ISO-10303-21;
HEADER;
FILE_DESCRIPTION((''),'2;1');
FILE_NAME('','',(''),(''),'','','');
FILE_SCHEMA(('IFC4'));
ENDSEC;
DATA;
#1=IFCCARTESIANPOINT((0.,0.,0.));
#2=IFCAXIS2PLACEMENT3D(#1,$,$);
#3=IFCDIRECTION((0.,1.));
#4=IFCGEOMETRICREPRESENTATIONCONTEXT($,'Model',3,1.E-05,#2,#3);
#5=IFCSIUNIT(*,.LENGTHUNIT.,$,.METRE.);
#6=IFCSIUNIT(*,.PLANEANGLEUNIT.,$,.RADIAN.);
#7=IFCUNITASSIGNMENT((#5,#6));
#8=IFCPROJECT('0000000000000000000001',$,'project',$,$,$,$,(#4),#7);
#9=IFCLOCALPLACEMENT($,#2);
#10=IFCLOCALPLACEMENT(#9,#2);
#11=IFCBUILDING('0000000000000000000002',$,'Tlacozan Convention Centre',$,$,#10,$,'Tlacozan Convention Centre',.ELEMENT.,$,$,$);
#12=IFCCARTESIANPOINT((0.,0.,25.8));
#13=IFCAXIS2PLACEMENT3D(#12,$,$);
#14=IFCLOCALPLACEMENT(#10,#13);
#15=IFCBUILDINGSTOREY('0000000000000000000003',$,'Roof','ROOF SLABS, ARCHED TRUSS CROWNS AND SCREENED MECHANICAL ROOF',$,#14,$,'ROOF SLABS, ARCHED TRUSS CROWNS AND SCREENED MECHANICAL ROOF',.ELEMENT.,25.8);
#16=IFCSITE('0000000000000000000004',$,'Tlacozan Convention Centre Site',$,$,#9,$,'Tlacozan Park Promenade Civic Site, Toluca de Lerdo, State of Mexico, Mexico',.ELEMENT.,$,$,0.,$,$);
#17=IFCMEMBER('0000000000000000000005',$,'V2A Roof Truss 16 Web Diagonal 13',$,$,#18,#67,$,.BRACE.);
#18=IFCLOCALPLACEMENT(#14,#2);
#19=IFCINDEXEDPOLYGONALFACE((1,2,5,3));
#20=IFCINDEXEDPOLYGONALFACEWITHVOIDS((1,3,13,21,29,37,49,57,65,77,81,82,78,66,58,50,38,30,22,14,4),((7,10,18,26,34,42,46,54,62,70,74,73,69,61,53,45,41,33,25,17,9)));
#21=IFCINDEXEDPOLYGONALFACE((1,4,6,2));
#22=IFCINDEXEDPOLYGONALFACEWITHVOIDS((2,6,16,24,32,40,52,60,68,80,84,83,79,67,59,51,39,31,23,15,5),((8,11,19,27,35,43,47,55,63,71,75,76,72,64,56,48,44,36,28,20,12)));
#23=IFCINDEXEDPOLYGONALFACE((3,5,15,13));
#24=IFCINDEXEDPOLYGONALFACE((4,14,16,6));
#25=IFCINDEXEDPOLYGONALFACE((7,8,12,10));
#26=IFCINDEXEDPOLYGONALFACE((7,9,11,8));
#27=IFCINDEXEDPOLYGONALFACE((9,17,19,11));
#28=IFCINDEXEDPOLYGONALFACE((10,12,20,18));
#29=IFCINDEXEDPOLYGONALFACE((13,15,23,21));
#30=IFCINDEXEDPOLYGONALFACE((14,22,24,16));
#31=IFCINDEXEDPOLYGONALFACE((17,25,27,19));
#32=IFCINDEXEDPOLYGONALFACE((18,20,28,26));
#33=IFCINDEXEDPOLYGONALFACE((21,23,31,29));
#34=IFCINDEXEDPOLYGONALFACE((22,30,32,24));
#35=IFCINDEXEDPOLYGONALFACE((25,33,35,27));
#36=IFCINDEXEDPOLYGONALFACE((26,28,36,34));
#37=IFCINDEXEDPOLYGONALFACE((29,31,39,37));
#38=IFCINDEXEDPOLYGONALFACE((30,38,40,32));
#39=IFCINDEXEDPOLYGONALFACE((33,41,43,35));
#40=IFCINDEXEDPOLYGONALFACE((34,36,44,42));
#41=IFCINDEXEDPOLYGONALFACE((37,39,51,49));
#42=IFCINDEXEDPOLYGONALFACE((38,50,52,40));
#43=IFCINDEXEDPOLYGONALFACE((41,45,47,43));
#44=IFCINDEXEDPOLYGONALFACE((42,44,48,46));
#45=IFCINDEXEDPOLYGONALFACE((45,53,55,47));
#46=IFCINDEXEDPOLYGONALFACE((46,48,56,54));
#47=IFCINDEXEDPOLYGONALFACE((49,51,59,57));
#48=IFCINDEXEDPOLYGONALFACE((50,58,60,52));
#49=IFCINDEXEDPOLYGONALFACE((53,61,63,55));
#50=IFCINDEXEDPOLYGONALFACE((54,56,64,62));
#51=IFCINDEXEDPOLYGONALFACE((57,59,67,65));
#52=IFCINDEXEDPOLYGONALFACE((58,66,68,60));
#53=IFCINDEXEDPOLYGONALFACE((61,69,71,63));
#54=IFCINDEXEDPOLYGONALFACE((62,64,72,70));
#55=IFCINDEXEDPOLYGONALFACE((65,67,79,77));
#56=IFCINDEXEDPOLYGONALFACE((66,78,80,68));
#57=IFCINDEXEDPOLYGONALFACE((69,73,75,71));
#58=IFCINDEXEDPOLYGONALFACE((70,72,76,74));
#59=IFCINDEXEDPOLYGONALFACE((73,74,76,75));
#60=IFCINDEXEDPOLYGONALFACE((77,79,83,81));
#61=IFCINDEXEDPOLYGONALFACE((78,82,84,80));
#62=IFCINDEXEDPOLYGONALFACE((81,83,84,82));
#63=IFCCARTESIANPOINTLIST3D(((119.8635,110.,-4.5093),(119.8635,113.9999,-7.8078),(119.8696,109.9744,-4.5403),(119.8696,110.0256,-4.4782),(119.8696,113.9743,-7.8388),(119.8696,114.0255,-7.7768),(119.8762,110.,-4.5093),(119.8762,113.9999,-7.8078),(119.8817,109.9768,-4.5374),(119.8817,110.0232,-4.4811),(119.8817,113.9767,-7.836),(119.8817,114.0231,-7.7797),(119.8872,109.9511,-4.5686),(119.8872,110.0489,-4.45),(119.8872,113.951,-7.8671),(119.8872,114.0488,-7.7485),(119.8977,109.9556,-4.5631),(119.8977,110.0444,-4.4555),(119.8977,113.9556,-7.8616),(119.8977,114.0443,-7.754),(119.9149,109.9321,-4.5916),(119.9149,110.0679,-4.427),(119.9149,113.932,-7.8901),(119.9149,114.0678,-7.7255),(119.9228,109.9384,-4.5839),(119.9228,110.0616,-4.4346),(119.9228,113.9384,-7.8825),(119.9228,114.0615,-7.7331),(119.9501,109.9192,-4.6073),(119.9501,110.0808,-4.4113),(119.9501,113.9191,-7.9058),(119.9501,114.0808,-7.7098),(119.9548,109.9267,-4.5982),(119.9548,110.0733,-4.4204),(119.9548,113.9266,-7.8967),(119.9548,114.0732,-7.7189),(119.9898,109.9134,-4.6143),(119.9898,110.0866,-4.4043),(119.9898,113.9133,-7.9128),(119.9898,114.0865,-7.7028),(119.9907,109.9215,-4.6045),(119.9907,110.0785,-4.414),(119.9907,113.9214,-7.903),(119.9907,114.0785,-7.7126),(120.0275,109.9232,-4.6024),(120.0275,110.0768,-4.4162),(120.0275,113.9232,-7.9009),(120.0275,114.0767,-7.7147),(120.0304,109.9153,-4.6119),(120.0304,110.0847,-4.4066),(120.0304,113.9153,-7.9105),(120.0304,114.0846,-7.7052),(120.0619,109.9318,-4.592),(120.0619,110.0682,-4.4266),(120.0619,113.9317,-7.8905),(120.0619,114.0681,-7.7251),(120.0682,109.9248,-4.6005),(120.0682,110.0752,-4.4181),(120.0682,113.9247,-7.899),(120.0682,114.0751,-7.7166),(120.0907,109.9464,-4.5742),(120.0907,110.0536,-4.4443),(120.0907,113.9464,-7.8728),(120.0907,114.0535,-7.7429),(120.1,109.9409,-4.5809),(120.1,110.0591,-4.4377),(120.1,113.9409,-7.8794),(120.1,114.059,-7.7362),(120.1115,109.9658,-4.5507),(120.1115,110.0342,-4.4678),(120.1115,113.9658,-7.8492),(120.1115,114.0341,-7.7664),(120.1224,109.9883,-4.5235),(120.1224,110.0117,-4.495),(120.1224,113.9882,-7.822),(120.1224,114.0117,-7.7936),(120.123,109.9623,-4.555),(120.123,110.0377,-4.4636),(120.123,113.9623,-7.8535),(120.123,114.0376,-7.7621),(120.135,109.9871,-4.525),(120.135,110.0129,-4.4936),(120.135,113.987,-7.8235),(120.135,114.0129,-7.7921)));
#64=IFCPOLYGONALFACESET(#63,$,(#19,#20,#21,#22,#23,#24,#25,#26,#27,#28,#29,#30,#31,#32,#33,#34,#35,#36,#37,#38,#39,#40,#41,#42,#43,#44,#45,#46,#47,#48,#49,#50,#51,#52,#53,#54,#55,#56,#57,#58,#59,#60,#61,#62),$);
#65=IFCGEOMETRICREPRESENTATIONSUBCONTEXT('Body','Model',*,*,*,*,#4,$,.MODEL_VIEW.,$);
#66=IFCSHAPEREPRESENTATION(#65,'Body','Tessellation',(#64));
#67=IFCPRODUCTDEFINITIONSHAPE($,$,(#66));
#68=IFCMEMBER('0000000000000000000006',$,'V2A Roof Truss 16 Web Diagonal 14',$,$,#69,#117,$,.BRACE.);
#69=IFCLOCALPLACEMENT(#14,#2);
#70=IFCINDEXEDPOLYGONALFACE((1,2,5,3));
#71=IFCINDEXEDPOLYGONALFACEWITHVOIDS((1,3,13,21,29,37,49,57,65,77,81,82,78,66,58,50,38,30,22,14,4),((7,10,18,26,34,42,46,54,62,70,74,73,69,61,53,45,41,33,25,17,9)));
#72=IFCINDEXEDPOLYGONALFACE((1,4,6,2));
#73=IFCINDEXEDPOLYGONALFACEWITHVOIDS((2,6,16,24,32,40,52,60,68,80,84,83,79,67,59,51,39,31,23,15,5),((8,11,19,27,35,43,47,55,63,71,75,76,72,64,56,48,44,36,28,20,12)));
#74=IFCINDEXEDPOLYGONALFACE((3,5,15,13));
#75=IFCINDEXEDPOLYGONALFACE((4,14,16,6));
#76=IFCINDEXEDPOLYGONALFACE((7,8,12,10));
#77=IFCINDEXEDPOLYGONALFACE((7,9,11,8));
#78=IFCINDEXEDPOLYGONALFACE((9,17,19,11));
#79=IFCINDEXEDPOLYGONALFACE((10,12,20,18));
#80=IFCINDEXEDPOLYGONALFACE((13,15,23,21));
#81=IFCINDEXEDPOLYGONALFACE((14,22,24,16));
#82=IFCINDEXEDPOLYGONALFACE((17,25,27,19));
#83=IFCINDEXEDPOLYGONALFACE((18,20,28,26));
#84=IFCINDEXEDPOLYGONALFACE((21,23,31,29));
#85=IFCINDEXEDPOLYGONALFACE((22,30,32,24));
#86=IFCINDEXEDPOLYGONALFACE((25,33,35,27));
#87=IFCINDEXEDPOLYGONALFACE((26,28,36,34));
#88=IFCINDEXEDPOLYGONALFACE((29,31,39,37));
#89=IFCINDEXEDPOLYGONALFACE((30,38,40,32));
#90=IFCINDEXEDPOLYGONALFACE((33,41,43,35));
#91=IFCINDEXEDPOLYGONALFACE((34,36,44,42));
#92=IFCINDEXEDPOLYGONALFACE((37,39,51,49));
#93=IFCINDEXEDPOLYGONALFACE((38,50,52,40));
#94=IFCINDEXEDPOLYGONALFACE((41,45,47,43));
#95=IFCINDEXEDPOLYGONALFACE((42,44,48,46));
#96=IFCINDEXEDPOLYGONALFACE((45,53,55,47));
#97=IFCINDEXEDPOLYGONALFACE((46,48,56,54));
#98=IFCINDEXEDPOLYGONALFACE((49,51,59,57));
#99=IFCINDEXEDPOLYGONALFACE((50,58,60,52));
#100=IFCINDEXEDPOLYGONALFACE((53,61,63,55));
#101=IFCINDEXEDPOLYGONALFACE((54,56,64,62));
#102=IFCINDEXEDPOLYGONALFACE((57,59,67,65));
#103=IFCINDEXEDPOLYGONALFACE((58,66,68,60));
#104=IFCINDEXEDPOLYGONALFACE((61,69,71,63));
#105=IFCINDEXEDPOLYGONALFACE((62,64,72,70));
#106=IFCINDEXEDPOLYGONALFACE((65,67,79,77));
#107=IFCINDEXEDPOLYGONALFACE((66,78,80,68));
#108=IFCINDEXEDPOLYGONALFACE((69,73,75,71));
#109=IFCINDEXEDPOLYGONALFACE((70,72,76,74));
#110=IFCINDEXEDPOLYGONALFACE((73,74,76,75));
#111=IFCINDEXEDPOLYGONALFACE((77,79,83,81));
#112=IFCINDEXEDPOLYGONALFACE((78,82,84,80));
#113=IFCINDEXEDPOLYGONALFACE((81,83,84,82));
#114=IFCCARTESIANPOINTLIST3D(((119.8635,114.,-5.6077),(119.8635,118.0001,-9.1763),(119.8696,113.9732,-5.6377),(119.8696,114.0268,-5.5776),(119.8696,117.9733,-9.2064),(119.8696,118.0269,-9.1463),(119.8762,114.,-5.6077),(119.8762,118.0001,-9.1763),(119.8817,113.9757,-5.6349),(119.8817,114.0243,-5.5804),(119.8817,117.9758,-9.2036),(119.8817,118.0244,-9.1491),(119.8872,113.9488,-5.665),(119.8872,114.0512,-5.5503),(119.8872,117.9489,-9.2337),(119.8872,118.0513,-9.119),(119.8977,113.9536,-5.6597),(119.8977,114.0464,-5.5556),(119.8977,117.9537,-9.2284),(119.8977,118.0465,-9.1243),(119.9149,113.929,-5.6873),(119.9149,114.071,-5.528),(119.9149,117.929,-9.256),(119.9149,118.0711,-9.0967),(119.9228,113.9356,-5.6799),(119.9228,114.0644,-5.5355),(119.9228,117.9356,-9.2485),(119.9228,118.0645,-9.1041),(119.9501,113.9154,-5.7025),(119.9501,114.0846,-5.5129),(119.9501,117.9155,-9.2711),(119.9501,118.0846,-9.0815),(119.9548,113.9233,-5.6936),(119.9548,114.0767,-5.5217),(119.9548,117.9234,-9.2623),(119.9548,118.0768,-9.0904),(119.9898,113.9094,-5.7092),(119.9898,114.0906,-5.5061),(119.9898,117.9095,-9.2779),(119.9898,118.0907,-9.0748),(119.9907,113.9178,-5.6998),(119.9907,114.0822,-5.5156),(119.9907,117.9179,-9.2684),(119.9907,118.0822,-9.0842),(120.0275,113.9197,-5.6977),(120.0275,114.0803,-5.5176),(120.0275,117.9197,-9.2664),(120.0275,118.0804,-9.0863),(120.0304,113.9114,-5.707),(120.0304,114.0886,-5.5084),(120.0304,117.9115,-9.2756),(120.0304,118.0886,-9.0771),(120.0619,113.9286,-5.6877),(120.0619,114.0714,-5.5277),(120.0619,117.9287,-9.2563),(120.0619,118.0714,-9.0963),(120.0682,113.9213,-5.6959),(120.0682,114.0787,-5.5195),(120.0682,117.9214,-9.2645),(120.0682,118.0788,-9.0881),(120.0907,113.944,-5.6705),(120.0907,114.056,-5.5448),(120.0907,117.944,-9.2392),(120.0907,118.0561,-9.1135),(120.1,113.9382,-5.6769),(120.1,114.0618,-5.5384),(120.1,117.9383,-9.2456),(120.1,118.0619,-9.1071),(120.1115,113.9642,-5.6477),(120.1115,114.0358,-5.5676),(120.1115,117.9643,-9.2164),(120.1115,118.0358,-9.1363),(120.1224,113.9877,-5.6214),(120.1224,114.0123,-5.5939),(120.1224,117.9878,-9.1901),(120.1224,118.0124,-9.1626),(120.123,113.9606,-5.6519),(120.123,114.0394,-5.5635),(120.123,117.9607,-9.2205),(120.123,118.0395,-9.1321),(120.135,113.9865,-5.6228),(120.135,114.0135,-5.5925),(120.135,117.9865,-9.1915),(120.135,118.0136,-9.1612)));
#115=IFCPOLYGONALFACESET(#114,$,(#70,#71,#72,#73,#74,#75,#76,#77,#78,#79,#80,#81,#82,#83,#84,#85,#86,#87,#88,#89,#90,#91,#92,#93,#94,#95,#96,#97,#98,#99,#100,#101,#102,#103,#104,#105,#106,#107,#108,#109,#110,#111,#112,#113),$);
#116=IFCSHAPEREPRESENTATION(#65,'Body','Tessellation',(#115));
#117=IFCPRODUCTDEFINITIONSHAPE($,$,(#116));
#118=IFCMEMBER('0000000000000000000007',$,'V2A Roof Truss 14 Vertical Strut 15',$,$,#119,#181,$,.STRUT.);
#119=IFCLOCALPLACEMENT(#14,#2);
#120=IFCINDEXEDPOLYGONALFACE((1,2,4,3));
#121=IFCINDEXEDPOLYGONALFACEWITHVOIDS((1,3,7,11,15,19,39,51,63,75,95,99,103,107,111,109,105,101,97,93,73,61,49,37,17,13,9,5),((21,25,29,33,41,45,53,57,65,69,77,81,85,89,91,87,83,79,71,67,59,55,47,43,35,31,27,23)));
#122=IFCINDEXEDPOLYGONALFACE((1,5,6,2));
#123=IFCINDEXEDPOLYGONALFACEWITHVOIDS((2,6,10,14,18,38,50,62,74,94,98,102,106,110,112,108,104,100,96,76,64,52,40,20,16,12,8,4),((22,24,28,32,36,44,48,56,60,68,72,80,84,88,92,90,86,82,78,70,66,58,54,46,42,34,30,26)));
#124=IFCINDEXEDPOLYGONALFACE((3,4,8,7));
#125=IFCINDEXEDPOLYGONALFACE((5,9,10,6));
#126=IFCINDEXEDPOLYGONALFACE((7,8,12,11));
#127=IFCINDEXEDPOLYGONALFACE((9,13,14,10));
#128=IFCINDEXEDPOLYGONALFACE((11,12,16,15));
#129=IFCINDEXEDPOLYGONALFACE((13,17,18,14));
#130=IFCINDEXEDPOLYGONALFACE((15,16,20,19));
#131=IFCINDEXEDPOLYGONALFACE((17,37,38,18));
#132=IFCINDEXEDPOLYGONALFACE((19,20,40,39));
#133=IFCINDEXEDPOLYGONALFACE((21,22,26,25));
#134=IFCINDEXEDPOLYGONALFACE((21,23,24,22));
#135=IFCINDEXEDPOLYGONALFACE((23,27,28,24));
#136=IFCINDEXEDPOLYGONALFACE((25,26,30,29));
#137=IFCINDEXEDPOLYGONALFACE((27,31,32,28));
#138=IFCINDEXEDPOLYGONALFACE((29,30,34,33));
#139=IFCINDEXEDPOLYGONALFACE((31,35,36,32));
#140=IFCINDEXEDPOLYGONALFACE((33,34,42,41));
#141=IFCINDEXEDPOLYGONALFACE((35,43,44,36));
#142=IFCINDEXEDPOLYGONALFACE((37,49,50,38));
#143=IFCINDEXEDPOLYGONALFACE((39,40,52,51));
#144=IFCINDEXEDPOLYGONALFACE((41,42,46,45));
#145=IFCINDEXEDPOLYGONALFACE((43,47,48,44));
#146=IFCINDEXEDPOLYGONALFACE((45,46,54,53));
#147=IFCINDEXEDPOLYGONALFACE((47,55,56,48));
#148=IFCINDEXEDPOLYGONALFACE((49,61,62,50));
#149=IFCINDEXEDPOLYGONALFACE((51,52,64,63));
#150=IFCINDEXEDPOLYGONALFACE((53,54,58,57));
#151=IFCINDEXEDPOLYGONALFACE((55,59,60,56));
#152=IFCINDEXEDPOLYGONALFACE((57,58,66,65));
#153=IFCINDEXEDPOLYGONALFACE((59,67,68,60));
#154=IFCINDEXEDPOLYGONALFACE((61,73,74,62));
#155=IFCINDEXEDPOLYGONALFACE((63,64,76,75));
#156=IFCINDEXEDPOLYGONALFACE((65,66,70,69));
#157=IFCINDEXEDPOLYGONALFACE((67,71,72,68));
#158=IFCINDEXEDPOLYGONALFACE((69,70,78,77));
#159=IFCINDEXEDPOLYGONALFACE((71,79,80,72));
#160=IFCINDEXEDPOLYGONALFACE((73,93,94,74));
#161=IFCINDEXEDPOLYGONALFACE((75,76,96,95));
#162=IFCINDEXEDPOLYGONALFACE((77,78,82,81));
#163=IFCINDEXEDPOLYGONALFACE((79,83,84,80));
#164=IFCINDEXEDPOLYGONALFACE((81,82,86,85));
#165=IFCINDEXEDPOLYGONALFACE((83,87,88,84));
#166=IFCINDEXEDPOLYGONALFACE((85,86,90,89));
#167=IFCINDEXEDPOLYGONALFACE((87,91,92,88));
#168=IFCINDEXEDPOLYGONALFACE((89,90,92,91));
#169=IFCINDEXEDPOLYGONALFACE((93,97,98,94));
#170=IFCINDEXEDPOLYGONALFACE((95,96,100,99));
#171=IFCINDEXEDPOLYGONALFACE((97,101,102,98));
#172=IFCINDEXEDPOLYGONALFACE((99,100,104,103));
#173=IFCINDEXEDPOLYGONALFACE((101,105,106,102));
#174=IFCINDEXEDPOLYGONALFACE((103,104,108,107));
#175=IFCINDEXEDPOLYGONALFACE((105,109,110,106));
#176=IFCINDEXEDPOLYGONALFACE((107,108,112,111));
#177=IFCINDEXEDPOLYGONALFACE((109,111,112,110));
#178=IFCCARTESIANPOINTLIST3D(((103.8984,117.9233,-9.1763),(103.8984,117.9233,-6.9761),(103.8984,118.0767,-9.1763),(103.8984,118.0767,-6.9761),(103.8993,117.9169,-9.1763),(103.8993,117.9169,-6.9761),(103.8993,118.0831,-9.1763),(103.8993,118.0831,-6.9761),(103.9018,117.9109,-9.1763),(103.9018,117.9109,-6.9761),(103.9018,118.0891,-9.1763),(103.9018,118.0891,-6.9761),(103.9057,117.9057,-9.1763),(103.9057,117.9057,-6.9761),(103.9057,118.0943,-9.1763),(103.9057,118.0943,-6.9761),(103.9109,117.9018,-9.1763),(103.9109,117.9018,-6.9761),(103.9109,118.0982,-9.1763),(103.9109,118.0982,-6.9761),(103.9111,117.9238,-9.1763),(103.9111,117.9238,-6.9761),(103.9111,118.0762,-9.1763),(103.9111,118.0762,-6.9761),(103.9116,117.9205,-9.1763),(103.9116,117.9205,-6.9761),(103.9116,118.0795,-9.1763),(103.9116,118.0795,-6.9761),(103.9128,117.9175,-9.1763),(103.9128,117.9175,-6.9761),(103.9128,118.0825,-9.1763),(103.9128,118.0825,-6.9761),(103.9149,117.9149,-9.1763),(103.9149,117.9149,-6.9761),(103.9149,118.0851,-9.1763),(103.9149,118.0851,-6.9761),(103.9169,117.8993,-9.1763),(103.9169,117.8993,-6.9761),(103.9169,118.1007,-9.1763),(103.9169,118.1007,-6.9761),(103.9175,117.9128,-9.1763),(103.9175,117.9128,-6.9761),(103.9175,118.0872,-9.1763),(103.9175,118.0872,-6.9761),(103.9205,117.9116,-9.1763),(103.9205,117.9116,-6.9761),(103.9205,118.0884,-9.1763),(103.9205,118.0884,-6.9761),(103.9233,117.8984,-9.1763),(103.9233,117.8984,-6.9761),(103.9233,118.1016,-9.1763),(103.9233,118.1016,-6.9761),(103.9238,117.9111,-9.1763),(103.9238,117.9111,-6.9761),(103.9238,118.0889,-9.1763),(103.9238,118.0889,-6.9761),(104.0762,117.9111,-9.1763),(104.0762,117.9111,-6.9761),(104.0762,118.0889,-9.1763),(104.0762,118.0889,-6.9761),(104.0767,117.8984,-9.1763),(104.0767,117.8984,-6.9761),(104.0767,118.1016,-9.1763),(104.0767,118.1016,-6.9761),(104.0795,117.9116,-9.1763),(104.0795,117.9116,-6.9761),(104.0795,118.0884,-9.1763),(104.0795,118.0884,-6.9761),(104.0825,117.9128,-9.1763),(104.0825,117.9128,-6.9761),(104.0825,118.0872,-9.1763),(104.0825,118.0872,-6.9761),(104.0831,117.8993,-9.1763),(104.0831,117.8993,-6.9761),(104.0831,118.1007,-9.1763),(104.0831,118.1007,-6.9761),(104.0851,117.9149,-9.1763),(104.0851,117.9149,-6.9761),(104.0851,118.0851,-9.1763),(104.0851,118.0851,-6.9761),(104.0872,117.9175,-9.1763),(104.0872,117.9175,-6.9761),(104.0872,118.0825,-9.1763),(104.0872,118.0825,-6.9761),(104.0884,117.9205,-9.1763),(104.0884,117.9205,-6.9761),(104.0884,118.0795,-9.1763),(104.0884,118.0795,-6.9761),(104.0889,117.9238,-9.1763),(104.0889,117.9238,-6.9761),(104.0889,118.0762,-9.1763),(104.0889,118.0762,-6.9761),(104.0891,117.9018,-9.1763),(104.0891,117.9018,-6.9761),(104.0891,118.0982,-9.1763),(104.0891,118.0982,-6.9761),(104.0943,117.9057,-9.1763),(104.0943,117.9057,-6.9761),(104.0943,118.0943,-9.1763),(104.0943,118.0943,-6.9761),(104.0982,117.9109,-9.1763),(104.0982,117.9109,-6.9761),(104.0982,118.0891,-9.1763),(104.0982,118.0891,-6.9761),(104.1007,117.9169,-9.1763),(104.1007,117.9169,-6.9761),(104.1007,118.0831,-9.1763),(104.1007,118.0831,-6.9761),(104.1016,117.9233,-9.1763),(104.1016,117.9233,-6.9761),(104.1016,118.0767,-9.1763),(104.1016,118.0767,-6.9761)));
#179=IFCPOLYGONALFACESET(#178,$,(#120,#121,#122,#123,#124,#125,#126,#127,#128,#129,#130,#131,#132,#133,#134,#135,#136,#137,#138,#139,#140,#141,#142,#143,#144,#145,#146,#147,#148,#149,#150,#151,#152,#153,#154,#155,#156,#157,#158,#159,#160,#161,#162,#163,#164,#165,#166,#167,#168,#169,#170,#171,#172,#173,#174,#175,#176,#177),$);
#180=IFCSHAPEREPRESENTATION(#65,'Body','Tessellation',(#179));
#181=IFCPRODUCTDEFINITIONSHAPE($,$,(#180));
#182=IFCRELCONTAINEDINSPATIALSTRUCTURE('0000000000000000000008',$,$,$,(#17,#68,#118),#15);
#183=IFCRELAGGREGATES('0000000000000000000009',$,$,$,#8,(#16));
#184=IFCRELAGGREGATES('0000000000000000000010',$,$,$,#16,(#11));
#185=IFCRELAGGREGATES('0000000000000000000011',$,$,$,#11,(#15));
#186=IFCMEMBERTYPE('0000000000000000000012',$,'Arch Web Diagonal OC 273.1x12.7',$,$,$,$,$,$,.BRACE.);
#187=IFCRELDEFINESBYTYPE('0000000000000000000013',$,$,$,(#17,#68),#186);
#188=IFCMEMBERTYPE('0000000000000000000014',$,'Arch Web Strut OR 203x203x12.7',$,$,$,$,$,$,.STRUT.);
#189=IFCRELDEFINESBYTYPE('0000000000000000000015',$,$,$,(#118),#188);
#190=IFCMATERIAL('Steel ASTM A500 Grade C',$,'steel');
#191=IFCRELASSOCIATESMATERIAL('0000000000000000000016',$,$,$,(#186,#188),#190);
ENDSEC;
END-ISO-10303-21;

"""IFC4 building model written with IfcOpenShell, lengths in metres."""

from ifc_helpers import new_model, si_unit, direction, frame, origin, origin_2d, place, context, subcontext, project, spatial, hollow_rectangle, hollow_circle, extrude, material, material_profile, profile_set, type_object, element, save


model = new_model("IFC4")

# Units and contexts
model_context = context("Model", 3, precision=1e-05, world=origin(), true_north=direction((0.0, 1.0)))
body_context = subcontext(model_context, "Body", "Model", "MODEL_VIEW")
ifc_project = project(units=[si_unit("LENGTHUNIT", "METRE"), si_unit("PLANEANGLEUNIT", "RADIAN")], contexts=[model_context])

# Site, building, storey
site_placement = place(None, origin())
site = spatial("IfcSite", under=ifc_project, at=site_placement, Name="Tlacozan Convention Centre Site", LongName="Tlacozan Park Promenade Civic Site, Toluca de Lerdo, State of Mexico, Mexico", CompositionType="ELEMENT", RefElevation=0.0)
building_placement = place(site_placement, origin())
building = spatial("IfcBuilding", under=site, at=building_placement, Name="Tlacozan Convention Centre", LongName="Tlacozan Convention Centre", CompositionType="ELEMENT")
storey_placement = place(building_placement, frame((0.0, 0.0, 25.8)))
storey = spatial("IfcBuildingStorey", under=building, at=storey_placement, Name="Roof", Description="ROOF SLABS, ARCHED TRUSS CROWNS AND SCREENED MECHANICAL ROOF", LongName="ROOF SLABS, ARCHED TRUSS CROWNS AND SCREENED MECHANICAL ROOF", CompositionType="ELEMENT", Elevation=25.8)

# Members
ifc_material_1 = material(Name="Steel ASTM A500 Grade C", Category="steel")
ifc_material_profile_1 = material_profile(ifc_material_1, hollow_circle(Radius=0.1365, WallThickness=0.0127, at=origin_2d()), Name="OC 273.1x12.7")
ifc_profile_set_1 = profile_set([ifc_material_profile_1], Name="Steel ASTM A500 Grade C")
member_type_1 = type_object("IfcMemberType", Name="Arch Web Diagonal OC 273.1x12.7", PredefinedType="BRACE", material=ifc_profile_set_1)
member_1_placement = place(storey_placement, frame((120.0, 110.0, -4.5093), z_axis=(0.0, 0.771507, -0.63622), x_axis=(-1.0, 0.0, 0.0)))
element("IfcMember", 1, at=member_1_placement, inside=storey, type_object=member_type_1, Name="V2A Roof Truss 16 Web Diagonal 13", PredefinedType="BRACE", context=body_context, shape_type="SweptSolid", body=[
    extrude(hollow_circle(Radius=0.1365, WallThickness=0.0127, at=origin_2d()), origin(), (0.0, 0.0, 1.0), 5.1846),
])
member_2_placement = place(storey_placement, frame((120.0, 114.0, -5.6077), z_axis=(0.0, 0.746199, -0.665722), x_axis=(-1.0, 0.0, 0.0)))
element("IfcMember", 2, at=member_2_placement, inside=storey, type_object=member_type_1, Name="V2A Roof Truss 16 Web Diagonal 14", PredefinedType="BRACE", context=body_context, shape_type="SweptSolid", body=[
    extrude(hollow_circle(Radius=0.1365, WallThickness=0.0127, at=origin_2d()), origin(), (0.0, 0.0, 1.0), 5.3606),
])
ifc_material_profile_2 = material_profile(ifc_material_1, hollow_rectangle(XDim=0.2031, YDim=0.2031, WallThickness=0.0127, InnerFilletRadius=0.0127, OuterFilletRadius=0.0249, at=origin_2d()), Name="OR 203x203x12.7")
ifc_profile_set_2 = profile_set([ifc_material_profile_2], Name="Steel ASTM A500 Grade C")
member_type_2 = type_object("IfcMemberType", Name="Arch Web Strut OR 203x203x12.7", PredefinedType="STRUT", material=ifc_profile_set_2)
member_3_placement = place(storey_placement, frame((104.0, 118.0, -9.1763), z_axis=(0.0, 0.0, 1.0), x_axis=(1.0, 0.0, 0.0)))
element("IfcMember", 3, at=member_3_placement, inside=storey, type_object=member_type_2, Name="V2A Roof Truss 14 Vertical Strut 15", PredefinedType="STRUT", context=body_context, shape_type="SweptSolid", body=[
    extrude(hollow_rectangle(XDim=0.2031, YDim=0.2031, WallThickness=0.0127, InnerFilletRadius=0.0127, OuterFilletRadius=0.0249, at=origin_2d()), origin(), (0.0, 0.0, 1.0), 2.2002),
])

save(model, "model.ifc")
